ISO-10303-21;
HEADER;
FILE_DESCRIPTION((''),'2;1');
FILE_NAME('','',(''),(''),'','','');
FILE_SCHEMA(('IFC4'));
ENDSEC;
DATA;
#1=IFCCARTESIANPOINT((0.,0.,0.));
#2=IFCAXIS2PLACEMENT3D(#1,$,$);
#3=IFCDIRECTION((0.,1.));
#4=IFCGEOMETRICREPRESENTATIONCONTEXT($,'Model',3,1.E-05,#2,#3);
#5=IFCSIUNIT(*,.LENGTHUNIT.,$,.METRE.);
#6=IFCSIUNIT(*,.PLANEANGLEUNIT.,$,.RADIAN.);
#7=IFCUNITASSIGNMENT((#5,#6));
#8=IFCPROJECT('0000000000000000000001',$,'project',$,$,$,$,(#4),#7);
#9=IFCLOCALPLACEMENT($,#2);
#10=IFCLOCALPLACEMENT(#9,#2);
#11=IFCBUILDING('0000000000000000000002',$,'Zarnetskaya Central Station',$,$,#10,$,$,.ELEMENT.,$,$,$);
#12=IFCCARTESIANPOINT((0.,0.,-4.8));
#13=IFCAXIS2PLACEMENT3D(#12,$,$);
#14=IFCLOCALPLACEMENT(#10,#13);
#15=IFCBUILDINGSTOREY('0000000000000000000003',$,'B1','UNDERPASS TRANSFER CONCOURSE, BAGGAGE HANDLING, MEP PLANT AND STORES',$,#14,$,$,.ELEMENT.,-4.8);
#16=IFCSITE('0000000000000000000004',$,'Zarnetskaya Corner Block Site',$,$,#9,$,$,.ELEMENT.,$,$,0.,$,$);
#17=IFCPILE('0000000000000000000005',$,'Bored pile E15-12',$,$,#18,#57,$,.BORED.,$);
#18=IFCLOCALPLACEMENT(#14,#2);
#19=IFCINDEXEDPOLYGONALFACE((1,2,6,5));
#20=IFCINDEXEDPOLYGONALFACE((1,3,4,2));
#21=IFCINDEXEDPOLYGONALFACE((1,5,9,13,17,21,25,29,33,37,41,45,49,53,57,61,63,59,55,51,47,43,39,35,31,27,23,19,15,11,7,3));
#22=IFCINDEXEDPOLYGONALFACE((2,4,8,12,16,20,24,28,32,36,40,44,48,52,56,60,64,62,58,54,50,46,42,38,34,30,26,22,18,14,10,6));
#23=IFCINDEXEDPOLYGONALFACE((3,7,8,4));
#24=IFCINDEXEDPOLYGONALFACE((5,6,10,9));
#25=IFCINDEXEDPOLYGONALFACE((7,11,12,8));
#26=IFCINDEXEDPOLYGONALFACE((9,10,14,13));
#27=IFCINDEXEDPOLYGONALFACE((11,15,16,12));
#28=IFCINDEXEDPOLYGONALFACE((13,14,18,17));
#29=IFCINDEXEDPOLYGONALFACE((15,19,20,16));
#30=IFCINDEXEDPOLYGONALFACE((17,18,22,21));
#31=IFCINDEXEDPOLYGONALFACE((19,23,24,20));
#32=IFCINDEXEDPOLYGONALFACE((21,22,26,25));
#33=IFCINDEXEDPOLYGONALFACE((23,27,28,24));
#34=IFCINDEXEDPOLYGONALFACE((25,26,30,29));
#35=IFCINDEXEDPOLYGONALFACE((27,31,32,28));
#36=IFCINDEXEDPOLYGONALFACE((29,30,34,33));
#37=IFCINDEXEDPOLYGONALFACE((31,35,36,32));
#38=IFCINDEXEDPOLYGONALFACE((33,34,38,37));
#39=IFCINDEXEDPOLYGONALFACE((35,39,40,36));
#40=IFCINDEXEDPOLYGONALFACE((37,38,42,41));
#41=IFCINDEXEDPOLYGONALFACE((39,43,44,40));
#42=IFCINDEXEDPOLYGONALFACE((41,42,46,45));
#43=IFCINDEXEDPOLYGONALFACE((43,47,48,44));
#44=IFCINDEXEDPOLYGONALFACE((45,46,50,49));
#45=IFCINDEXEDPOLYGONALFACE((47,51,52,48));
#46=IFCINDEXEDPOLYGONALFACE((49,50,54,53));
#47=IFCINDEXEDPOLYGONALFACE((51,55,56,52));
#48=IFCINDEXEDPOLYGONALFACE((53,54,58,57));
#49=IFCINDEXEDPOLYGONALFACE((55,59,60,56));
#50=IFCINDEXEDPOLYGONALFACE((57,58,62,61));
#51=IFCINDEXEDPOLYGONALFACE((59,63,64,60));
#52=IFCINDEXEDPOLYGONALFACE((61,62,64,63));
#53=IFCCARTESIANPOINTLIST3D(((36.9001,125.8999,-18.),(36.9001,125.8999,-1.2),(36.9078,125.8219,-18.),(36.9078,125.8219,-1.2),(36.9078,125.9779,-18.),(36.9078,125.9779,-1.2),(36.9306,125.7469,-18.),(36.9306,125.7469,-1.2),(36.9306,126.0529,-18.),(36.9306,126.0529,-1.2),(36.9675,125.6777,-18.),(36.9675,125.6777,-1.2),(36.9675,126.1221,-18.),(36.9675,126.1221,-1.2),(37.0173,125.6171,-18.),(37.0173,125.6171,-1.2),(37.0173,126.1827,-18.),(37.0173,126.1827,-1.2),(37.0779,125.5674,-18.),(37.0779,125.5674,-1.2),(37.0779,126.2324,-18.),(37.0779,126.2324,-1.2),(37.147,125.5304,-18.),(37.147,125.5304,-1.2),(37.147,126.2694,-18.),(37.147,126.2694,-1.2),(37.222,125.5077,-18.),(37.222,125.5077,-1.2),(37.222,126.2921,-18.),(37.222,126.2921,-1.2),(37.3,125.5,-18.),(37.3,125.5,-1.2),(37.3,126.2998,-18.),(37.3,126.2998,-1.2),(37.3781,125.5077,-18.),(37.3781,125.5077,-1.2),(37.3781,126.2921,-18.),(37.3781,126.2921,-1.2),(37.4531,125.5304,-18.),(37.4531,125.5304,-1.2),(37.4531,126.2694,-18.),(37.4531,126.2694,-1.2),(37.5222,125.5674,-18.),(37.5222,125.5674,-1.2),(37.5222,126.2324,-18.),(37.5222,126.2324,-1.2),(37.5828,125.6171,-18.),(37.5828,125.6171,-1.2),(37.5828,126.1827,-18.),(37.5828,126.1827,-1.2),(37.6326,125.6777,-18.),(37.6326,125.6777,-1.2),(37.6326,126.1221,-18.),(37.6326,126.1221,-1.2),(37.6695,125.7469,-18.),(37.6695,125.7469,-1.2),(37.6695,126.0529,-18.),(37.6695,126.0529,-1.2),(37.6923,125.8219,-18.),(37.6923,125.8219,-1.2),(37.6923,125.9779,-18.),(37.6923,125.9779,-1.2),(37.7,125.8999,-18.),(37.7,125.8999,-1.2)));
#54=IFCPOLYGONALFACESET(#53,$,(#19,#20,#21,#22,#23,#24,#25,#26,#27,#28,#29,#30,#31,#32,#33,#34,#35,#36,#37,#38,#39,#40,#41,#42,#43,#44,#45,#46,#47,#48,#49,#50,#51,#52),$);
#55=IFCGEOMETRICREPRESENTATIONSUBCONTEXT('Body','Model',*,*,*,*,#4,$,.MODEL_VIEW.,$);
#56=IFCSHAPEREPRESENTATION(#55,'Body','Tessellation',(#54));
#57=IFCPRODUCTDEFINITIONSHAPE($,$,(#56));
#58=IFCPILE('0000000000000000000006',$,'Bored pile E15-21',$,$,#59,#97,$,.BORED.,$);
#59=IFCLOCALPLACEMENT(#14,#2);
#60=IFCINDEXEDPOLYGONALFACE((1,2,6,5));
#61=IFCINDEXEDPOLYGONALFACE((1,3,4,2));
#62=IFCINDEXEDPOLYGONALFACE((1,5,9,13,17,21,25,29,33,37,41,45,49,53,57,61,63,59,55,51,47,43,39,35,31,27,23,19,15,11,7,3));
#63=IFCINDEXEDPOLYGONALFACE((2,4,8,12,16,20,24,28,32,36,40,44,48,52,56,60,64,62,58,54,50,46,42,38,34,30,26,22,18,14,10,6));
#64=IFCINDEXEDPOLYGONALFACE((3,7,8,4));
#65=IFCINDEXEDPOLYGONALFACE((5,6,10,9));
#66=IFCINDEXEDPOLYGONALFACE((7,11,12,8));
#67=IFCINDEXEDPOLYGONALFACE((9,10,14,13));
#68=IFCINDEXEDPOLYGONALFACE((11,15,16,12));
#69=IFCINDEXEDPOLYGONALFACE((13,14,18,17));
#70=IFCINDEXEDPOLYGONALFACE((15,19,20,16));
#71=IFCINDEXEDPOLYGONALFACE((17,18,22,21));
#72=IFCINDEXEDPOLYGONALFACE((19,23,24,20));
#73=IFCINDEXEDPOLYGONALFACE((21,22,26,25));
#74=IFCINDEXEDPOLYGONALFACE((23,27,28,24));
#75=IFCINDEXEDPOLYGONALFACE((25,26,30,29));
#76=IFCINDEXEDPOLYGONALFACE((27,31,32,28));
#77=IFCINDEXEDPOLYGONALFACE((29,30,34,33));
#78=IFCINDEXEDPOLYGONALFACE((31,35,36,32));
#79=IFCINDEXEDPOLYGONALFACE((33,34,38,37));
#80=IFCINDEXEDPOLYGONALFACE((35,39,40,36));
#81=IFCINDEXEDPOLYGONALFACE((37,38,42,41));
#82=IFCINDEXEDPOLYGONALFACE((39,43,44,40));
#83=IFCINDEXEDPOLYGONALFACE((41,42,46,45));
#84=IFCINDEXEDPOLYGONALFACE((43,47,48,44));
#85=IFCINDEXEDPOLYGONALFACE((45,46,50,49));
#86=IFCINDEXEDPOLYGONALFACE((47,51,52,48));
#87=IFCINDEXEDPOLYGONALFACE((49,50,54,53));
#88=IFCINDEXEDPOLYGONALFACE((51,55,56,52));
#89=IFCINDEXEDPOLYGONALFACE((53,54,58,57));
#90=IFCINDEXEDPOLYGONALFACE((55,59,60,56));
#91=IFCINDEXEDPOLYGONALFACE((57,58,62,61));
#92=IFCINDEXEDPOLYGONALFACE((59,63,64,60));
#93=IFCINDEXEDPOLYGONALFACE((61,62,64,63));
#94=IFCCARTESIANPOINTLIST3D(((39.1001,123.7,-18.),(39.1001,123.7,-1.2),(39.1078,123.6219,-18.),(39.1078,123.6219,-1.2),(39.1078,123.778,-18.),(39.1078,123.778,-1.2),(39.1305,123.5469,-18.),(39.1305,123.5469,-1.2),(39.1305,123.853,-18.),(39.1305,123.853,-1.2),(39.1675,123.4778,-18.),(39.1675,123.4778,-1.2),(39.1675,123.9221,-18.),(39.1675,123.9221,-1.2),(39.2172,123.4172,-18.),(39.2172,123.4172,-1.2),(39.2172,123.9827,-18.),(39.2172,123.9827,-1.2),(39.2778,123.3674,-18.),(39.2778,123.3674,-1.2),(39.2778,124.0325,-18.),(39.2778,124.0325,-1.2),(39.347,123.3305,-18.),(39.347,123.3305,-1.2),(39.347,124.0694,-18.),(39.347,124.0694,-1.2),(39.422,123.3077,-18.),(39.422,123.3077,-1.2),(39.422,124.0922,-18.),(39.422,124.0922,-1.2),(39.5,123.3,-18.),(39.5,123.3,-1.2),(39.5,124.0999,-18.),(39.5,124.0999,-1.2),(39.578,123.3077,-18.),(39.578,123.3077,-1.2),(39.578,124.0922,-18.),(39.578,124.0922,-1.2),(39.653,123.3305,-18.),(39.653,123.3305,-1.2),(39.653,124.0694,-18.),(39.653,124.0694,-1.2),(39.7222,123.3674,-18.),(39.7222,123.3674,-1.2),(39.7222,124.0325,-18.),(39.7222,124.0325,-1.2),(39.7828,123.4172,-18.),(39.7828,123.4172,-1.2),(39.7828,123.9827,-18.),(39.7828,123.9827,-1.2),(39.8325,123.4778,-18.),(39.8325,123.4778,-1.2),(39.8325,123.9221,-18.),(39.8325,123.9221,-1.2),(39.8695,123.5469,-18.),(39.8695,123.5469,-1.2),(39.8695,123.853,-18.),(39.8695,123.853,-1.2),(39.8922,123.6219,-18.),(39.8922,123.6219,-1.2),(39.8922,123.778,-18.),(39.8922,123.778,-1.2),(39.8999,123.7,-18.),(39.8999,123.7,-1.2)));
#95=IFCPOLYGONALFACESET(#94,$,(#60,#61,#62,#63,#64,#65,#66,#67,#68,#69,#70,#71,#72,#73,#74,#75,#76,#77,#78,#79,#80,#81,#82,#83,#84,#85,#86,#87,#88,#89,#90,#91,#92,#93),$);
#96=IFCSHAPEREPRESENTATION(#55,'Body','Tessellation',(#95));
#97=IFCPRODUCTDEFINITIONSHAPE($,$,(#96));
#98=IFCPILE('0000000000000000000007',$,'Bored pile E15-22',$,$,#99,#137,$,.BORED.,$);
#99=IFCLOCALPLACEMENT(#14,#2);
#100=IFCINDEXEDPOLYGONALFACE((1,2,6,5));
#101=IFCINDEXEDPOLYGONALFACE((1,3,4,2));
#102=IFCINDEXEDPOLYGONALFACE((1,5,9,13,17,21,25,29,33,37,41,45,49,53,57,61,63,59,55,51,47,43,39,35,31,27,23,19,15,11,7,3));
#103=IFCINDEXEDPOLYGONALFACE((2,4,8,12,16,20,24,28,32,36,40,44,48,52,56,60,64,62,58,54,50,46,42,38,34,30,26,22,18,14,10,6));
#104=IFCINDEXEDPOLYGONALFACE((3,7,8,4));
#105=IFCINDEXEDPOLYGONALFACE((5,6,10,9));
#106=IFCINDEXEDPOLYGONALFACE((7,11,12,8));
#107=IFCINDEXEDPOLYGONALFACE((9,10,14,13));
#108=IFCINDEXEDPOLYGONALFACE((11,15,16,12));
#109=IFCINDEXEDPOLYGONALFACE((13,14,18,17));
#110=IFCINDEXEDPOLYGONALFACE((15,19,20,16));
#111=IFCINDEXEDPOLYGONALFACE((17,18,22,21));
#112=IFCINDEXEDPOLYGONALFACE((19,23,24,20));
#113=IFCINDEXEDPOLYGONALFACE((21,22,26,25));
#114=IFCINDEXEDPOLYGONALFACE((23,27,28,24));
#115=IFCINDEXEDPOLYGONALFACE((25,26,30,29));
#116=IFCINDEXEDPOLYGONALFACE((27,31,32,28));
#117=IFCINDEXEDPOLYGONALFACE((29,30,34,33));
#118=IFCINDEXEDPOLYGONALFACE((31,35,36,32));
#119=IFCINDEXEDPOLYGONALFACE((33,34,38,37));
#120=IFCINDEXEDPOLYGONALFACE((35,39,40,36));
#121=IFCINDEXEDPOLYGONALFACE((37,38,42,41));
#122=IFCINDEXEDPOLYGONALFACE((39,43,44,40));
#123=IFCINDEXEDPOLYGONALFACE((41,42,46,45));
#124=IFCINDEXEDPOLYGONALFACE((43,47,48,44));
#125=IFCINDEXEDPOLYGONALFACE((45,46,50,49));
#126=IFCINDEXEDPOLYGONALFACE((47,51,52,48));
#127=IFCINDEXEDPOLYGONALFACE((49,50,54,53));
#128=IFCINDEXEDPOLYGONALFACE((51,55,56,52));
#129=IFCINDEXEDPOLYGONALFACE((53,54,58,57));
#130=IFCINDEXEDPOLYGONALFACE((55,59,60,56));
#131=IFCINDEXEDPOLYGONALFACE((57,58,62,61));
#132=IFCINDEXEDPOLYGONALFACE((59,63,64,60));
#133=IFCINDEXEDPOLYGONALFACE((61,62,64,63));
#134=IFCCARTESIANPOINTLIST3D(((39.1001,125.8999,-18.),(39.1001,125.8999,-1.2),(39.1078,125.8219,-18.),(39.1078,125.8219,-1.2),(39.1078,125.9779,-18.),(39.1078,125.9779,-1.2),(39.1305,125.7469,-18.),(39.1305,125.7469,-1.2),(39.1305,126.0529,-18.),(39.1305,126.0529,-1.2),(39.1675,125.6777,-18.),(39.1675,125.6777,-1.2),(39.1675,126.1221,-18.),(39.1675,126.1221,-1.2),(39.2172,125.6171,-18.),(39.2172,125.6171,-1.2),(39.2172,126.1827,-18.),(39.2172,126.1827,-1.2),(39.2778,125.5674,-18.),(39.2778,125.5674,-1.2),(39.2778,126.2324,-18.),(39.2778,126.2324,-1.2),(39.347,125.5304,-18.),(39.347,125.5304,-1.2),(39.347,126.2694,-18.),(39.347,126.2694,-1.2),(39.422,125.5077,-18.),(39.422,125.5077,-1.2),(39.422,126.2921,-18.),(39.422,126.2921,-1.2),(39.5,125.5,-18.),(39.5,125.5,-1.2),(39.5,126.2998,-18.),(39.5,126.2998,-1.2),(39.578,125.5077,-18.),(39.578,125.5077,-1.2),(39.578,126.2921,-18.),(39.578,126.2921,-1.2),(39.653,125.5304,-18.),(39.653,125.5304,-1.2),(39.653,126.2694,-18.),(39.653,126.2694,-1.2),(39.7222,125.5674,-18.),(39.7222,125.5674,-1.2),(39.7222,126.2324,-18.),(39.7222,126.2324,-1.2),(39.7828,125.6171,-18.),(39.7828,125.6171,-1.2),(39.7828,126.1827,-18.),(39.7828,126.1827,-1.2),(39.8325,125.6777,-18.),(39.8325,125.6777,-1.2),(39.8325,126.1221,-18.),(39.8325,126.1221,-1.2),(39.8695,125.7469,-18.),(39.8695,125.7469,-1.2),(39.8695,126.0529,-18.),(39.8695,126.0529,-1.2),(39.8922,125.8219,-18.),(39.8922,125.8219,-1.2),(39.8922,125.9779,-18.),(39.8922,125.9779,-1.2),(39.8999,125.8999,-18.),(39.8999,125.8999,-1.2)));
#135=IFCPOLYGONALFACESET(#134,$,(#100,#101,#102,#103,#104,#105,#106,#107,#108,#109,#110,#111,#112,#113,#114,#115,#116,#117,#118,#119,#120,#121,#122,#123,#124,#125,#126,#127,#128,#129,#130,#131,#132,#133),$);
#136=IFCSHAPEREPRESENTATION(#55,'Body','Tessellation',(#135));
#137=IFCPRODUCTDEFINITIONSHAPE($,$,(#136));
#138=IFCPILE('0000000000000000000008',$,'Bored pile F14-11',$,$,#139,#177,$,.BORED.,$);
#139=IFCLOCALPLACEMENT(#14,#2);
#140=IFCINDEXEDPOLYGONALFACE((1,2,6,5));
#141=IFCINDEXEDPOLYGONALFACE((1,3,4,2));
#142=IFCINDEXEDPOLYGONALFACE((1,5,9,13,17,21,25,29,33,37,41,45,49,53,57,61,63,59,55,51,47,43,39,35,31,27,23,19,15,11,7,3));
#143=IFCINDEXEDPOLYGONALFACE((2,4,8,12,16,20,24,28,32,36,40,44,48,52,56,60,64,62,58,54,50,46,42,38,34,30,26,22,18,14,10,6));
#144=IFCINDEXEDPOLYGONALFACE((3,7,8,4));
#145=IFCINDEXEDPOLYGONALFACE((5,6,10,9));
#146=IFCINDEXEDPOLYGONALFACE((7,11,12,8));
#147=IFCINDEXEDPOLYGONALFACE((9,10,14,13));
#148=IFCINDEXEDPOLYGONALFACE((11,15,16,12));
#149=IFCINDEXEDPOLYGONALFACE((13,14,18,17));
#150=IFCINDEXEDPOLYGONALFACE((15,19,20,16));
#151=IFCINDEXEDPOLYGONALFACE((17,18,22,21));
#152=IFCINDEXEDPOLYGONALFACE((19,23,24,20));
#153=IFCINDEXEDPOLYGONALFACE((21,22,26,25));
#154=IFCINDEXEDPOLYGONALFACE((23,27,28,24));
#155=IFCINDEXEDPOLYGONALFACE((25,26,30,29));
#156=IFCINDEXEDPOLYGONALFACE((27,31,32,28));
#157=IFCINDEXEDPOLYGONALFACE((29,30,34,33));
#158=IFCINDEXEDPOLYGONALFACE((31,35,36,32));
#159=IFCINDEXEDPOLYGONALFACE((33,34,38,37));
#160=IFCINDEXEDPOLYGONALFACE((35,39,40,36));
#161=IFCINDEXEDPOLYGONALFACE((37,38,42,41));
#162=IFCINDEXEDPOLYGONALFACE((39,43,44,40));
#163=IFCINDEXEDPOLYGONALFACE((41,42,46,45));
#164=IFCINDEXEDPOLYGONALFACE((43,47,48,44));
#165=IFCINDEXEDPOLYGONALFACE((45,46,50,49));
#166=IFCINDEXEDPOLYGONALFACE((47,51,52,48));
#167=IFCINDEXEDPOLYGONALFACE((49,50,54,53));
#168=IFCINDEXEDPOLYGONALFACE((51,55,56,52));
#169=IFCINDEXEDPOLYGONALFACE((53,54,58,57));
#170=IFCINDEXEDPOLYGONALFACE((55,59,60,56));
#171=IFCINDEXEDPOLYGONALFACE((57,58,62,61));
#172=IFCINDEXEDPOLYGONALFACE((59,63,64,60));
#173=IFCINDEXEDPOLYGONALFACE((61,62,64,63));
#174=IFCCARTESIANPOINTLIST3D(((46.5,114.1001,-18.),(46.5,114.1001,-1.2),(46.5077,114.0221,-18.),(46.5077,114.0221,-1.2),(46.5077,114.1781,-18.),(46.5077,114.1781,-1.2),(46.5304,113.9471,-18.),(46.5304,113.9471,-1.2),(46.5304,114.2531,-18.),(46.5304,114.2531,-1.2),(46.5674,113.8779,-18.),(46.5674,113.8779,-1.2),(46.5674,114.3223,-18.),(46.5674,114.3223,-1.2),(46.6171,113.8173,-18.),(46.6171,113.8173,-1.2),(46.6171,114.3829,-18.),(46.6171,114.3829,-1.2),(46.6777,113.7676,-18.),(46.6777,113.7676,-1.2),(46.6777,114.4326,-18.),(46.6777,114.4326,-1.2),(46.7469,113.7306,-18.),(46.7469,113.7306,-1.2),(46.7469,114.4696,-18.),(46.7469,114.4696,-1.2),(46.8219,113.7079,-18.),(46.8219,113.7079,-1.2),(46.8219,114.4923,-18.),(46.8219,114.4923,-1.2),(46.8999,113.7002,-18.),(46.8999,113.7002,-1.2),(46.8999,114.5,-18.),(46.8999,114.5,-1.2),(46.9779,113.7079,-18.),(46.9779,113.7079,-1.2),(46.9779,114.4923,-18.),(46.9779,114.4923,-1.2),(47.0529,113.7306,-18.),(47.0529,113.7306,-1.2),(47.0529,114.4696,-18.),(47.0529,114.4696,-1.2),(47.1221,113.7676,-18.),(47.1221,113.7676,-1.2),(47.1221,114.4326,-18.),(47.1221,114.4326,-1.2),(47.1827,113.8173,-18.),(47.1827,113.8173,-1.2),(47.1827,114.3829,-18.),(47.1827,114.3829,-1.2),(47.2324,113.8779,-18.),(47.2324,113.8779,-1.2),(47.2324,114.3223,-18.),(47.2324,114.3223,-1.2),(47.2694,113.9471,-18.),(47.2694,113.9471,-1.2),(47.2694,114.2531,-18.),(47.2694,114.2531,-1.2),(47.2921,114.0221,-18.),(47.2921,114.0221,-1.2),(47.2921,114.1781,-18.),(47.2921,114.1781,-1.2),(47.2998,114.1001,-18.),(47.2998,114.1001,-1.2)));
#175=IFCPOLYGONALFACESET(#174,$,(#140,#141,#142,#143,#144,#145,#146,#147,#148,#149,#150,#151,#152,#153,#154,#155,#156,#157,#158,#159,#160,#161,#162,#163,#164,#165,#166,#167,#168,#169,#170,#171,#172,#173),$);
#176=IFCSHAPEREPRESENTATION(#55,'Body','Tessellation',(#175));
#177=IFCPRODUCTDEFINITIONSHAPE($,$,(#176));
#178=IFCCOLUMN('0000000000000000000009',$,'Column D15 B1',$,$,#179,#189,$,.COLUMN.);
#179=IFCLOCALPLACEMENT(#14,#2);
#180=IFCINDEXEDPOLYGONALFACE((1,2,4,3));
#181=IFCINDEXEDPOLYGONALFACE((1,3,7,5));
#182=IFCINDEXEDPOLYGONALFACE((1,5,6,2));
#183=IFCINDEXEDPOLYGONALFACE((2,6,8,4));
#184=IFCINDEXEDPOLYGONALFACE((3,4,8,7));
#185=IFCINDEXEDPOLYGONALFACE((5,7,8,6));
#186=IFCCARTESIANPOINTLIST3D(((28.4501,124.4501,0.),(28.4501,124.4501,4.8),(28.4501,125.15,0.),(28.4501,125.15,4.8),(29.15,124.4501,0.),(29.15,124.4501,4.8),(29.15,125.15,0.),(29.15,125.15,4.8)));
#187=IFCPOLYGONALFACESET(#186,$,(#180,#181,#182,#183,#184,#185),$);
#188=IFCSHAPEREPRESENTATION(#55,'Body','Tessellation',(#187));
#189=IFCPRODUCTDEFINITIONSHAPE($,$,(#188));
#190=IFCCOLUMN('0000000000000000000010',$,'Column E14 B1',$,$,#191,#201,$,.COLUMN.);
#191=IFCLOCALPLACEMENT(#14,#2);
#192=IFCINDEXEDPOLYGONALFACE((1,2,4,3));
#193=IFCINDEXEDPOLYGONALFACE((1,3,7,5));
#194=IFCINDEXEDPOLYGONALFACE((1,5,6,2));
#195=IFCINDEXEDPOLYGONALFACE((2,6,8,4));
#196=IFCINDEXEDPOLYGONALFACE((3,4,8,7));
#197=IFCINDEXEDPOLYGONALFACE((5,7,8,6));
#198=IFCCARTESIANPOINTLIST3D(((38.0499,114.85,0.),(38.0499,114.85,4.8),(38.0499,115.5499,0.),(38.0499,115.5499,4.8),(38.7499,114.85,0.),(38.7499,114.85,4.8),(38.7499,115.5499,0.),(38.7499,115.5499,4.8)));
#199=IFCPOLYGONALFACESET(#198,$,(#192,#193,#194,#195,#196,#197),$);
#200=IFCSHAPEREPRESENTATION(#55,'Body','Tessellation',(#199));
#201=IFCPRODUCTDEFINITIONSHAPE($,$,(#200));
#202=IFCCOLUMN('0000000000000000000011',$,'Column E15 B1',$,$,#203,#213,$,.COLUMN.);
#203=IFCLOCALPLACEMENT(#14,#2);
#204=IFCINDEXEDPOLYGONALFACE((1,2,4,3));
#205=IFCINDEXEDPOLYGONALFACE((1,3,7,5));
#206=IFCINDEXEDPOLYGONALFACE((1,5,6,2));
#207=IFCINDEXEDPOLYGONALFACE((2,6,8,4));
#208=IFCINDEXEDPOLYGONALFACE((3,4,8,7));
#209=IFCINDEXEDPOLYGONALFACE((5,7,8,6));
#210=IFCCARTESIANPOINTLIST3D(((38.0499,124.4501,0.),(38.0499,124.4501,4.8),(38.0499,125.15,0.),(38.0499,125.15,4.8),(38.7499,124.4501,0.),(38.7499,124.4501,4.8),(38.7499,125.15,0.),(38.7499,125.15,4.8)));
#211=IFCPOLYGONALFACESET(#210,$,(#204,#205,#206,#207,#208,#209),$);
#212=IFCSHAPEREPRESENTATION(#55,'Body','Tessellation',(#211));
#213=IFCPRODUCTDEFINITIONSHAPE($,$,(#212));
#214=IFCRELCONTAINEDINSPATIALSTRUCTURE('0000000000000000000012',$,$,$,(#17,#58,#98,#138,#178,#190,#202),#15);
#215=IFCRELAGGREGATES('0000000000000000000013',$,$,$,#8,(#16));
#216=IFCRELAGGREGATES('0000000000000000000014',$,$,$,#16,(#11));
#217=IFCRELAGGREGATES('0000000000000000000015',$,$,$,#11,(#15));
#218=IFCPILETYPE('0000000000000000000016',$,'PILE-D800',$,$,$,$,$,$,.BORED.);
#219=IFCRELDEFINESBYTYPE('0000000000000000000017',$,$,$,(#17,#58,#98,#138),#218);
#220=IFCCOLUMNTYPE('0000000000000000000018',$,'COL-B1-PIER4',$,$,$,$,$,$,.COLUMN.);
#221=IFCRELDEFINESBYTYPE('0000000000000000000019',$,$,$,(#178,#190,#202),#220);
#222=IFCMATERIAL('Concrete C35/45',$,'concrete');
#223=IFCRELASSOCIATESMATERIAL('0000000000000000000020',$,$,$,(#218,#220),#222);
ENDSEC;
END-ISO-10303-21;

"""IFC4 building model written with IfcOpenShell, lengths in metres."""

from ifc_helpers import new_model, si_unit, direction, frame, origin, origin_2d, place, context, subcontext, project, spatial, rectangle, circle, extrude, material, material_profile, profile_set, type_object, element, save


model = new_model("IFC4")

# Units and contexts
model_context = context("Model", 3, precision=1e-05, world=origin(), true_north=direction((0.0, 1.0)))
body_context = subcontext(model_context, "Body", "Model", "MODEL_VIEW")
ifc_project = project(units=[si_unit("LENGTHUNIT", "METRE"), si_unit("PLANEANGLEUNIT", "RADIAN")], contexts=[model_context])

# Site, building, storey
site_placement = place(None, origin())
site = spatial("IfcSite", under=ifc_project, at=site_placement, Name="Zarnetskaya Corner Block Site", CompositionType="ELEMENT", RefElevation=0.0)
building_placement = place(site_placement, origin())
building = spatial("IfcBuilding", under=site, at=building_placement, Name="Zarnetskaya Central Station", CompositionType="ELEMENT")
storey_placement = place(building_placement, frame((0.0, 0.0, -4.8)))
storey = spatial("IfcBuildingStorey", under=building, at=storey_placement, Name="B1", Description="UNDERPASS TRANSFER CONCOURSE, BAGGAGE HANDLING, MEP PLANT AND STORES", CompositionType="ELEMENT", Elevation=-4.8)

# Shared definitions
ifc_material = material(Name="Concrete C35/45", Category="concrete")

# Piles
ifc_material_profile_1 = material_profile(ifc_material, circle(Radius=0.3999, at=origin_2d()), Name="BORED PILE D800")
ifc_profile_set_1 = profile_set([ifc_material_profile_1], Name="Concrete C35/45")
pile_type = type_object("IfcPileType", Name="PILE-D800", PredefinedType="BORED", material=ifc_profile_set_1)
for number, where, z_axis, x_axis, name in (
    (1, (37.3, 125.8999, -1.2), (0.0, 0.0, -1.0), (1.0, 0.0, 0.0), "Bored pile E15-12"),
    (2, (39.5, 123.7, -1.2), (0.0, 0.0, -1.0), (1.0, 0.0, 0.0), "Bored pile E15-21"),
    (3, (39.5, 125.8999, -1.2), (0.0, 0.0, -1.0), (1.0, 0.0, 0.0), "Bored pile E15-22"),
    (4, (46.8999, 114.1001, -1.2), (0.0, 0.0, -1.0), (1.0, 0.0, 0.0), "Bored pile F14-11"),
):
    element("IfcPile", number, at=place(storey_placement, frame(where, z_axis=z_axis, x_axis=x_axis)), inside=storey, type_object=pile_type, Name=name, PredefinedType="BORED", context=body_context, shape_type="SweptSolid", body=[
        extrude(circle(Radius=0.3999, at=origin_2d()), origin(), (0.0, 0.0, 1.0), 16.8),
    ])

# Columns
ifc_material_profile_2 = material_profile(ifc_material, rectangle(XDim=0.7, YDim=0.7, at=origin_2d()), Name="RC 700x700")
ifc_profile_set_2 = profile_set([ifc_material_profile_2], Name="Concrete C35/45")
column_type_1 = type_object("IfcColumnType", Name="COL-B1-PIER4", PredefinedType="COLUMN", material=ifc_profile_set_2)
for number, where, z_axis, x_axis, name in (
    (5, (28.8, 124.8, 0.0), (0.0, 0.0, 1.0), (1.0, 0.0, 0.0), "Column D15 B1"),
    (6, (38.3999, 115.2, 0.0), (0.0, 0.0, 1.0), (1.0, 0.0, 0.0), "Column E14 B1"),
    (7, (38.3999, 124.8, 0.0), (0.0, 0.0, 1.0), (1.0, 0.0, 0.0), "Column E15 B1"),
):
    element("IfcColumn", number, at=place(storey_placement, frame(where, z_axis=z_axis, x_axis=x_axis)), inside=storey, type_object=column_type_1, Name=name, PredefinedType="COLUMN", context=body_context, shape_type="SweptSolid", body=[
        extrude(rectangle(XDim=0.7, YDim=0.7, at=origin_2d()), origin(), (0.0, 0.0, 1.0), 4.8),
    ])

save(model, "model.ifc")
